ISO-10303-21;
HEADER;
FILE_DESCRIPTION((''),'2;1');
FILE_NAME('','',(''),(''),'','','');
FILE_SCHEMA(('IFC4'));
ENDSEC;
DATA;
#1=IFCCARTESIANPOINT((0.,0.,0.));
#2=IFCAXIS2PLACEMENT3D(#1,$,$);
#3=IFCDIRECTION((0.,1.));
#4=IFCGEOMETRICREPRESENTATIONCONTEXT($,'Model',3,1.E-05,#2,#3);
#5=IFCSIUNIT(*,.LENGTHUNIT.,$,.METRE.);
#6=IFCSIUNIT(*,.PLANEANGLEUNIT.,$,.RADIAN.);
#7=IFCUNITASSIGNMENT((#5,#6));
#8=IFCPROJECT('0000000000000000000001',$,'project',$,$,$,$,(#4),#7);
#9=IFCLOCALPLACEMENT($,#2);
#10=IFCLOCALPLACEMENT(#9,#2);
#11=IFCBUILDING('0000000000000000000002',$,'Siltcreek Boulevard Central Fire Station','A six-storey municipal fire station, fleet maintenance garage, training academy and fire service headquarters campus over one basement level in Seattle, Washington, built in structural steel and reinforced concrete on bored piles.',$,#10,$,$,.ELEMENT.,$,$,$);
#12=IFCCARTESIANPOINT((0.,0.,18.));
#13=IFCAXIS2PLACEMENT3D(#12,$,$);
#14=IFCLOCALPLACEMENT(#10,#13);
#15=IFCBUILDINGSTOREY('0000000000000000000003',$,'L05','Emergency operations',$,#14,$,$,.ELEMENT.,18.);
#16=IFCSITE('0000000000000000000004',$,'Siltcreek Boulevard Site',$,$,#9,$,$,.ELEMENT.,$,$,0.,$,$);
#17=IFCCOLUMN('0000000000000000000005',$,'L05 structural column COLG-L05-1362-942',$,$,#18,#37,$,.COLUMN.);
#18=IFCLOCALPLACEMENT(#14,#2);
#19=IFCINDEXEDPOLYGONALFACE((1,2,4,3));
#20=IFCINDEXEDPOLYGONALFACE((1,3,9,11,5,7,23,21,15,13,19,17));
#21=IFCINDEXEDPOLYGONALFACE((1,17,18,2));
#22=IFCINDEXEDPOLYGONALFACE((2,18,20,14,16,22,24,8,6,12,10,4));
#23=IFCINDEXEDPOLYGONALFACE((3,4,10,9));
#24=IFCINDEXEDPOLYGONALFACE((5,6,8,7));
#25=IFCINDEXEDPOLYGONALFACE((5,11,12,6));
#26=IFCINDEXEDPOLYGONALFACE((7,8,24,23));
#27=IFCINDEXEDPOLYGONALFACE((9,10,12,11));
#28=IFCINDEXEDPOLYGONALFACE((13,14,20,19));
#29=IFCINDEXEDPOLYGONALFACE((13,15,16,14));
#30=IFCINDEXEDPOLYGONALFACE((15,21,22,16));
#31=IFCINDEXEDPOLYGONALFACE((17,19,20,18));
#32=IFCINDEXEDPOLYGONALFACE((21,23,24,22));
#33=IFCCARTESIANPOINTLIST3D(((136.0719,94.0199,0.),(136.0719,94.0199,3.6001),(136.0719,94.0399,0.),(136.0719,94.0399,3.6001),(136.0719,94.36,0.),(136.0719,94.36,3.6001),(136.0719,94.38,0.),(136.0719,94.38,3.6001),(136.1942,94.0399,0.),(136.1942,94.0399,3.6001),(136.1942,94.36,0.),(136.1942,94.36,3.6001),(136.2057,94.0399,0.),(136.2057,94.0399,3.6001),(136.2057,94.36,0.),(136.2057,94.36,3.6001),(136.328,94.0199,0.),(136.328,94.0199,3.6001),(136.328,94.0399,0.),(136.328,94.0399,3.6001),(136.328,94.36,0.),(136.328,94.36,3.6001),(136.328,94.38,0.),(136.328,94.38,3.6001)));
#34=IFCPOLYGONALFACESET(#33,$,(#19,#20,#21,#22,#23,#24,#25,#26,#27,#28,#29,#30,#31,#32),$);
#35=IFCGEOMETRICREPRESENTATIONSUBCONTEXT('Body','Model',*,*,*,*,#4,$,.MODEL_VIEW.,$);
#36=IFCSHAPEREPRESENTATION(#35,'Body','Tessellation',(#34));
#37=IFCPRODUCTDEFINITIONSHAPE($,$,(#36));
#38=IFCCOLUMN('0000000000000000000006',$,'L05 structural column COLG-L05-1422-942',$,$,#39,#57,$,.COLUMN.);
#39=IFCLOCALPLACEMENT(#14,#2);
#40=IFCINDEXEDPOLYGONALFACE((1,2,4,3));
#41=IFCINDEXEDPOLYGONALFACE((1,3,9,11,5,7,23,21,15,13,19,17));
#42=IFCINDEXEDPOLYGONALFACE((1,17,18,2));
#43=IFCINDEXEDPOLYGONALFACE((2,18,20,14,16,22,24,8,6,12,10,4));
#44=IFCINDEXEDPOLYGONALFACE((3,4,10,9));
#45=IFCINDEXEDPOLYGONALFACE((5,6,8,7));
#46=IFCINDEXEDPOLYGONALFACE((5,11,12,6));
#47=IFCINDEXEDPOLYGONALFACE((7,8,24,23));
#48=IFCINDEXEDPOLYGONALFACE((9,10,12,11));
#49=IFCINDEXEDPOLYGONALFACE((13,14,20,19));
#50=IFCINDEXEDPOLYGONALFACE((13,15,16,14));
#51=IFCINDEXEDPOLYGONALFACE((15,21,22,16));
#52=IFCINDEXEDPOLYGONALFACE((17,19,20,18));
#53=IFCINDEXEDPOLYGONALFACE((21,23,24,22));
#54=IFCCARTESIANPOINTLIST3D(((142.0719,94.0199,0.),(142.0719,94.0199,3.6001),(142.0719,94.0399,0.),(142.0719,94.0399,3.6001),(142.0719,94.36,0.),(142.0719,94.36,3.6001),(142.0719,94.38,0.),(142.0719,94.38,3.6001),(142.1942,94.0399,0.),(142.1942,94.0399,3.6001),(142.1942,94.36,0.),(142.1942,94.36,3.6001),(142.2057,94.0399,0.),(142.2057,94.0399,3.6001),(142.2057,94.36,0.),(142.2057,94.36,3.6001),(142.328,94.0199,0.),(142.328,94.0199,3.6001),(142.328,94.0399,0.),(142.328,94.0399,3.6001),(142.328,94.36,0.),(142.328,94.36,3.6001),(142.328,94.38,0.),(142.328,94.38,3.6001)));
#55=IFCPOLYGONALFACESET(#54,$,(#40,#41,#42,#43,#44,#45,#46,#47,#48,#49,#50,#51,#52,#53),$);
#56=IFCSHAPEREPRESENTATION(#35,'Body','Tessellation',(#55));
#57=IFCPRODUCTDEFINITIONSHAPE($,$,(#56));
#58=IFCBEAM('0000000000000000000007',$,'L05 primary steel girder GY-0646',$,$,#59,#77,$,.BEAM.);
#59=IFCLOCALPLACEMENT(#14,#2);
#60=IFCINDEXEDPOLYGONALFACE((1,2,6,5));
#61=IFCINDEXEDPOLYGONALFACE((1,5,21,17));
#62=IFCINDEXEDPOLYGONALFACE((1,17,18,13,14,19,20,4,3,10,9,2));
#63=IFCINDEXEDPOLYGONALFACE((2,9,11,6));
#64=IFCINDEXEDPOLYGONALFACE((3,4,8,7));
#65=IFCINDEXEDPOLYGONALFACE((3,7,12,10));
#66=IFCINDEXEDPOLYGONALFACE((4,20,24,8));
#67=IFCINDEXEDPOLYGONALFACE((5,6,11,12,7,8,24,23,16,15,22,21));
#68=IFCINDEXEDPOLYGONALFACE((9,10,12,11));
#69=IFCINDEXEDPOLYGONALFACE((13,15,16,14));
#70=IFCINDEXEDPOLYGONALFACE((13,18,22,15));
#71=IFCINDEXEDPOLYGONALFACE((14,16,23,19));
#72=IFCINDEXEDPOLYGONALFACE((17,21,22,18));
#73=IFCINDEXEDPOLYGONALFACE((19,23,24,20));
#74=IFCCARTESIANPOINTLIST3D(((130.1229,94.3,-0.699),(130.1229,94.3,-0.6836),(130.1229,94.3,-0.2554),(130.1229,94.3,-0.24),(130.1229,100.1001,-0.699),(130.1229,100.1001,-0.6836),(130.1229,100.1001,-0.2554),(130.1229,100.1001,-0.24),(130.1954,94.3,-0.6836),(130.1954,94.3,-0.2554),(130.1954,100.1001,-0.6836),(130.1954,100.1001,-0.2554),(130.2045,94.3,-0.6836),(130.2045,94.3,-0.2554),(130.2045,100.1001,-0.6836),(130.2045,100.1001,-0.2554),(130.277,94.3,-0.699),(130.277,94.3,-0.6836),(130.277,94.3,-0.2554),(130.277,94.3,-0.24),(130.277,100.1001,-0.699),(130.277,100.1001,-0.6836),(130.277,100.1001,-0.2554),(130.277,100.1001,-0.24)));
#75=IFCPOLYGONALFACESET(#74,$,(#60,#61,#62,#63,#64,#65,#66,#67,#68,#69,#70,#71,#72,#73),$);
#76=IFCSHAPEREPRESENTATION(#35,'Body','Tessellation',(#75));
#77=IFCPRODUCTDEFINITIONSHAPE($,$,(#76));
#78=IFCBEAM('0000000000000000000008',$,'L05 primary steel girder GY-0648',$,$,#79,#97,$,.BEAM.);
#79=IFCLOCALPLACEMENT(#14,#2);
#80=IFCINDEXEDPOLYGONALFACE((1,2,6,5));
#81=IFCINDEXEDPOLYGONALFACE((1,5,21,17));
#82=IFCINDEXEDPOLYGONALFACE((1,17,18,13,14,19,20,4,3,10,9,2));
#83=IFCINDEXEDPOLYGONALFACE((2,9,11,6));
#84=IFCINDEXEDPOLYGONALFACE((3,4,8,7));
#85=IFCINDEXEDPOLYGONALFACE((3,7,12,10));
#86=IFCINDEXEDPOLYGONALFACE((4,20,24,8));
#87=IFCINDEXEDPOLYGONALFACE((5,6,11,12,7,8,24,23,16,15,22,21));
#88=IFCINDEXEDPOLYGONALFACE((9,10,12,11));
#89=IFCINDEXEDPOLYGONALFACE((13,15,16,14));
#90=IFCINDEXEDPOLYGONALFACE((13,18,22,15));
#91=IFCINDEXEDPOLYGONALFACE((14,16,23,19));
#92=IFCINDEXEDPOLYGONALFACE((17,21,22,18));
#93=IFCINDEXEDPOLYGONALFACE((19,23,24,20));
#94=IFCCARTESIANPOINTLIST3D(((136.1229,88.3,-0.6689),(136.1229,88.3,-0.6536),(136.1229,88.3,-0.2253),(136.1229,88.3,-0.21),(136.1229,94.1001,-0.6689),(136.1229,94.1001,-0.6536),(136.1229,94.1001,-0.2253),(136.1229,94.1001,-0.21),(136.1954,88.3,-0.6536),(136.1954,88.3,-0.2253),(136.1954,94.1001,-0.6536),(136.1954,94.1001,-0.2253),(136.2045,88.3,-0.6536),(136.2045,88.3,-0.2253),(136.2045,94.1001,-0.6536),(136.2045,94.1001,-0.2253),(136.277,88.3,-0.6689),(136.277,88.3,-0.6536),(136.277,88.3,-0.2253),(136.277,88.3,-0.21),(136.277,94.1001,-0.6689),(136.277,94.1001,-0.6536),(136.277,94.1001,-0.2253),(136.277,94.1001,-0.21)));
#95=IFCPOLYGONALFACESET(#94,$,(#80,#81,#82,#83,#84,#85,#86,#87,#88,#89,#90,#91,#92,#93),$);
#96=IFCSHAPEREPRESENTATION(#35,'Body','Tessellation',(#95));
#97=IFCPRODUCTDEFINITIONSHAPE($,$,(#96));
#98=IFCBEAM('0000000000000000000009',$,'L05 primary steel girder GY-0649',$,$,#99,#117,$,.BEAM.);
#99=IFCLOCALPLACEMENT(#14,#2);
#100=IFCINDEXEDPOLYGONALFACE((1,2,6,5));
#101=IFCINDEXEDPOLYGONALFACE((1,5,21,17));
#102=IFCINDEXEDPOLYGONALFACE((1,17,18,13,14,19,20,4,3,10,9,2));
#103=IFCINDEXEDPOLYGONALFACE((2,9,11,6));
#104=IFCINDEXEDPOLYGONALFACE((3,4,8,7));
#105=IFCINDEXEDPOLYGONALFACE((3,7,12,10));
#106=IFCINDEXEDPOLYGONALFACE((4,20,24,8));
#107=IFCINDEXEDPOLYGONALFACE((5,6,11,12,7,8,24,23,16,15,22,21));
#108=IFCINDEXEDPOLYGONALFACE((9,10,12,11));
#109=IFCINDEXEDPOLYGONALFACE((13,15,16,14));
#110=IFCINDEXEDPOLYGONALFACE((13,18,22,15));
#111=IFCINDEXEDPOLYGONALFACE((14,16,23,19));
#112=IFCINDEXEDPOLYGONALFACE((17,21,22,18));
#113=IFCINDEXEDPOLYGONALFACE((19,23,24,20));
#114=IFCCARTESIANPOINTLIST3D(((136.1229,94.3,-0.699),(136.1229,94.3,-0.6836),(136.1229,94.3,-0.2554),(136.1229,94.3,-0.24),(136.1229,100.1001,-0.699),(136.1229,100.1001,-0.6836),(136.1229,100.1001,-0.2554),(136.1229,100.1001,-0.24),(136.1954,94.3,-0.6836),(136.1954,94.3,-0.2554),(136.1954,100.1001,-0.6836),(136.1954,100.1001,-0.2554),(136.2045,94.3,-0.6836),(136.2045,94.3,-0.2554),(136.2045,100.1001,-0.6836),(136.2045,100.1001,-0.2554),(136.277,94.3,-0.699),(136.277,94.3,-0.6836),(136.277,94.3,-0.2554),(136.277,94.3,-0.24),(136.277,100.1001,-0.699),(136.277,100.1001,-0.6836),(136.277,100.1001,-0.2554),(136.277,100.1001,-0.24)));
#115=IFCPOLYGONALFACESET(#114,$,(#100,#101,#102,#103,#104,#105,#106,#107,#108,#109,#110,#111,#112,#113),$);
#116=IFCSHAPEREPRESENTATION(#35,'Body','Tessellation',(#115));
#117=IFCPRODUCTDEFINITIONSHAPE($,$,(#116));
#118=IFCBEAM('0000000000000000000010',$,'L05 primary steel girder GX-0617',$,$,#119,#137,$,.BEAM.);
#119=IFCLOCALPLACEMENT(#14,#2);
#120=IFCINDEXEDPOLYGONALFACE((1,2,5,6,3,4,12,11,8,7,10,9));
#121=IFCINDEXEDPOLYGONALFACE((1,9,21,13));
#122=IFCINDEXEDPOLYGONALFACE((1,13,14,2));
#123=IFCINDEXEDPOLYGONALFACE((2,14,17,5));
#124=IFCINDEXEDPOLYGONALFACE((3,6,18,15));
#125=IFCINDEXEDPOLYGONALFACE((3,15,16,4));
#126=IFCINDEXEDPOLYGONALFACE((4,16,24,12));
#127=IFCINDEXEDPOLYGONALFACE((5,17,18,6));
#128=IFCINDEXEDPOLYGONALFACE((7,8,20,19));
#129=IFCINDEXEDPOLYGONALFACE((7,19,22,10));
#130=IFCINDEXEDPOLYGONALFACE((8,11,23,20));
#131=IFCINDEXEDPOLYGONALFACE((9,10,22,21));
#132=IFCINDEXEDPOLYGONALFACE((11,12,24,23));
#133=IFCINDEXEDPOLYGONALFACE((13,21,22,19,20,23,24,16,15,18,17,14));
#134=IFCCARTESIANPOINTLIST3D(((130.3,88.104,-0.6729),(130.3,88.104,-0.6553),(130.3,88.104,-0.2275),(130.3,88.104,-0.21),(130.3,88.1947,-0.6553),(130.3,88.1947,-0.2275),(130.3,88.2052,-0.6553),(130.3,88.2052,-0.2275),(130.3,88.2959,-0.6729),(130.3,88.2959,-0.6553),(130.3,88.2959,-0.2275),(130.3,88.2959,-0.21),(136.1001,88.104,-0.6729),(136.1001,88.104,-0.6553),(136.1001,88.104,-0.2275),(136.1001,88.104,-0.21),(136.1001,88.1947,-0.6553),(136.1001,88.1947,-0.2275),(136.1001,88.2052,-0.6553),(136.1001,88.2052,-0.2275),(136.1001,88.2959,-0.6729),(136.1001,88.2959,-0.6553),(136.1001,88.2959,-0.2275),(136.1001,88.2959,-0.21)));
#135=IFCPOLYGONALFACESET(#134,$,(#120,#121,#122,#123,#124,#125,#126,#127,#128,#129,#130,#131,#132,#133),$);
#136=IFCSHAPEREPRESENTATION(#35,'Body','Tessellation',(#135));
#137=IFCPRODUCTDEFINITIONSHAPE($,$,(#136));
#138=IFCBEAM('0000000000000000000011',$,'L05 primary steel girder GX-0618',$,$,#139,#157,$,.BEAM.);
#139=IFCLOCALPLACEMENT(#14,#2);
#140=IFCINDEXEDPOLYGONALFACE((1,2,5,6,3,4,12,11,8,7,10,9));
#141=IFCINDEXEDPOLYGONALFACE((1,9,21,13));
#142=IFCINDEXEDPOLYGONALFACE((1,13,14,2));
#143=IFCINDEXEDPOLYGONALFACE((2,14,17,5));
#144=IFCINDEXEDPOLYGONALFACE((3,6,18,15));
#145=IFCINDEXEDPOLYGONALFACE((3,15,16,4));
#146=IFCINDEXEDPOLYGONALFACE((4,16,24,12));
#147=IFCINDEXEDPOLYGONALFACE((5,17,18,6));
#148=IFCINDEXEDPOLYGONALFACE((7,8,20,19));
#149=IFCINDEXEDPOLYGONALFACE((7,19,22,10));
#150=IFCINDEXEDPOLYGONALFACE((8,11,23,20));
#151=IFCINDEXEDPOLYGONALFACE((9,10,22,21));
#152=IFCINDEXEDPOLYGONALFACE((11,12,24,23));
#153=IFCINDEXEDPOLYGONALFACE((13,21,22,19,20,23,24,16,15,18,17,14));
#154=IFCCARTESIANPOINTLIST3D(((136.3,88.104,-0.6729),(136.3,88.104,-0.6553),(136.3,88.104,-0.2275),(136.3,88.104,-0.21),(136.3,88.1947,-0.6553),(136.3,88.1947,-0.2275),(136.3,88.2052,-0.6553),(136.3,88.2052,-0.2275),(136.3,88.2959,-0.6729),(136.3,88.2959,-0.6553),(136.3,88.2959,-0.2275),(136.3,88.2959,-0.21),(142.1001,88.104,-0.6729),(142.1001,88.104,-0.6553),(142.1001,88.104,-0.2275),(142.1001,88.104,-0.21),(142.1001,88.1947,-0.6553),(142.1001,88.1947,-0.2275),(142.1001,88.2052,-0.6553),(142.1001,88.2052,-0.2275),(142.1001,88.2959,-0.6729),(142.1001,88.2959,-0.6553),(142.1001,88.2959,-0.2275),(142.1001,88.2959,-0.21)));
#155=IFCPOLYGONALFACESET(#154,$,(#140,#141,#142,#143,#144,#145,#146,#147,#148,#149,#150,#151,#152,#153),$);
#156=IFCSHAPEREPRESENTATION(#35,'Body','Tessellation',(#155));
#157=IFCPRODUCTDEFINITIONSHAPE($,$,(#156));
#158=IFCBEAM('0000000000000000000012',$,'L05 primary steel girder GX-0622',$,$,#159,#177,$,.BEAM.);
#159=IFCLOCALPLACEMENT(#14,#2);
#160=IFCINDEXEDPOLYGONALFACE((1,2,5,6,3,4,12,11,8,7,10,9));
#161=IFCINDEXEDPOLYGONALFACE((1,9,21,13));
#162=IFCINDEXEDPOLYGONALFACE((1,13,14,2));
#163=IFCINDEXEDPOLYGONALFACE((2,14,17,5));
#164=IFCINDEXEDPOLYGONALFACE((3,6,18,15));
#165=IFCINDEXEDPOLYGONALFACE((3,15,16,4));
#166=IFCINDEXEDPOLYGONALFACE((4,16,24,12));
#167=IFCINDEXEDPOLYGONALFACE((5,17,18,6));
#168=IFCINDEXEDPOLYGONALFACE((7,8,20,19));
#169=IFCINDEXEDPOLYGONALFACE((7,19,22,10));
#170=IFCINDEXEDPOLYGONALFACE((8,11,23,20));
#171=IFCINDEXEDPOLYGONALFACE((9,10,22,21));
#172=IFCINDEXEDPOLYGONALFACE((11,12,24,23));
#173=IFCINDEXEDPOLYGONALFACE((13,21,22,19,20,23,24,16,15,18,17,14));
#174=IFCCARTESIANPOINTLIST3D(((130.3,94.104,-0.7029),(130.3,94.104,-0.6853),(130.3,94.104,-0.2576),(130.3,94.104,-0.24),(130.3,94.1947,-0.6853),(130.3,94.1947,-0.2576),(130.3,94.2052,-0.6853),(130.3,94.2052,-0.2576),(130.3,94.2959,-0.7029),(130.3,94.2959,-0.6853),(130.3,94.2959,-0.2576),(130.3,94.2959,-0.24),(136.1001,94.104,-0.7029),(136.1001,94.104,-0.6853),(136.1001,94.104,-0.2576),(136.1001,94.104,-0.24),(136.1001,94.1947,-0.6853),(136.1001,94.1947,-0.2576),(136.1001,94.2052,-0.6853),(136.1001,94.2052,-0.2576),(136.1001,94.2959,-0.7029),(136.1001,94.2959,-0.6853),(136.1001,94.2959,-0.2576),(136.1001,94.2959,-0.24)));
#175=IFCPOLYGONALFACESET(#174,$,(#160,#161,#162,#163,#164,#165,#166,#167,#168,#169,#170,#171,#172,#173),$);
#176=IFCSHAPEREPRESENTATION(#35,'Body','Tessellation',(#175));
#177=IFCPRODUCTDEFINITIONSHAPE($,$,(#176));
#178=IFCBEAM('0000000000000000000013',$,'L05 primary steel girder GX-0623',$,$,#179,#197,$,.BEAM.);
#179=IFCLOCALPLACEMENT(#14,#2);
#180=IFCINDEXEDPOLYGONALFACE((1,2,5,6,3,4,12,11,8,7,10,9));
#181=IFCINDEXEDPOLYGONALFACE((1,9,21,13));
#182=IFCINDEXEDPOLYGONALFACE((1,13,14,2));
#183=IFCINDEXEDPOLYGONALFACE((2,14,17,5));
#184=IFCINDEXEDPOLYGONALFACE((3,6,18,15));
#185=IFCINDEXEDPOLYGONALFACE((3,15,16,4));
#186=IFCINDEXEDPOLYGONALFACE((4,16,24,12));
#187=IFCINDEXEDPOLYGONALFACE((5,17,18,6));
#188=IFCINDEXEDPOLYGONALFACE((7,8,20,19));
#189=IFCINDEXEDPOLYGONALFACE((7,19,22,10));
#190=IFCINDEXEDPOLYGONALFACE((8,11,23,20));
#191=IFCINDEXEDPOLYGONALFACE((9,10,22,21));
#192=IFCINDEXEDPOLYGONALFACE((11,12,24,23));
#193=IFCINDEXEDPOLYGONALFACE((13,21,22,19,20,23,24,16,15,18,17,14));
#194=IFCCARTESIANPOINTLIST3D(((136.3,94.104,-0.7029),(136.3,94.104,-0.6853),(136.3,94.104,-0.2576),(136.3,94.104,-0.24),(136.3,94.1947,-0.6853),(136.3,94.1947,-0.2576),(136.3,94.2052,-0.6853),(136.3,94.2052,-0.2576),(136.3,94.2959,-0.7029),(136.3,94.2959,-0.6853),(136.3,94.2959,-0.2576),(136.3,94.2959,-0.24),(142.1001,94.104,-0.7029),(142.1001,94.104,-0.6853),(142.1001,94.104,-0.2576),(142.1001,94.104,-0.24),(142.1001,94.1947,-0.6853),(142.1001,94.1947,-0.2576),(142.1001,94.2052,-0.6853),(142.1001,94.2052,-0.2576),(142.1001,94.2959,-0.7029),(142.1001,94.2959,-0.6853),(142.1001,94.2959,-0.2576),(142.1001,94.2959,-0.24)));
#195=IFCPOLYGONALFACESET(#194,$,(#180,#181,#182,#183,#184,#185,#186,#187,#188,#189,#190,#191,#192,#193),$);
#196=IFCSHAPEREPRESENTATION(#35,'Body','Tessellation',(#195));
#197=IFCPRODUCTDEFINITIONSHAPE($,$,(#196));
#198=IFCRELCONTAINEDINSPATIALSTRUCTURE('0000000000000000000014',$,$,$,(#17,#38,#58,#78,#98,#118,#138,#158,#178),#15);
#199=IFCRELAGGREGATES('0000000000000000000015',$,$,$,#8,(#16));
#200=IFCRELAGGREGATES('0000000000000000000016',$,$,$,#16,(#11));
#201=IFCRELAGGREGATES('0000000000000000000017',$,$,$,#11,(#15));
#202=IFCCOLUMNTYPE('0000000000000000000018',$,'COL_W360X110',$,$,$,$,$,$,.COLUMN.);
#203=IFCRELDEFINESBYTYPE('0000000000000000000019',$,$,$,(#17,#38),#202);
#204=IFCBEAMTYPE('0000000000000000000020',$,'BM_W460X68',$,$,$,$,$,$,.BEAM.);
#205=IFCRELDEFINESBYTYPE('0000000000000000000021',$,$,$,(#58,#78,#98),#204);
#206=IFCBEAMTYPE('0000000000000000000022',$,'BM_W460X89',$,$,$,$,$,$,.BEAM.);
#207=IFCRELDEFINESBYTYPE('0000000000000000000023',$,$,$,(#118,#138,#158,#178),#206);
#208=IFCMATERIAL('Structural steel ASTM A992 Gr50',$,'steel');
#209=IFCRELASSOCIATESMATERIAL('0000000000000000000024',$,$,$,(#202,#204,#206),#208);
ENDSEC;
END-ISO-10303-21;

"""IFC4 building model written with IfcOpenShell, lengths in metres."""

from ifc_helpers import new_model, si_unit, direction, frame, origin, origin_2d, place, context, subcontext, project, spatial, i_section, extrude, material, material_profile, profile_set, type_object, element, save


model = new_model("IFC4")

# Units and contexts
model_context = context("Model", 3, precision=1e-05, world=origin(), true_north=direction((0.0, 1.0)))
body_context = subcontext(model_context, "Body", "Model", "MODEL_VIEW")
ifc_project = project(units=[si_unit("LENGTHUNIT", "METRE"), si_unit("PLANEANGLEUNIT", "RADIAN")], contexts=[model_context])

# Site, building, storey
site_placement = place(None, origin())
site = spatial("IfcSite", under=ifc_project, at=site_placement, Name="Siltcreek Boulevard Site", CompositionType="ELEMENT", RefElevation=0.0)
building_placement = place(site_placement, origin())
building = spatial("IfcBuilding", under=site, at=building_placement, Name="Siltcreek Boulevard Central Fire Station", Description="A six-storey municipal fire station, fleet maintenance garage, training academy and fire service headquarters campus over one basement level in Seattle, Washington, built in structural steel and reinforced concrete on bored piles.", CompositionType="ELEMENT")
storey_placement = place(building_placement, frame((0.0, 0.0, 18.0)))
storey = spatial("IfcBuildingStorey", under=building, at=storey_placement, Name="L05", Description="Emergency operations", CompositionType="ELEMENT", Elevation=18.0)

# Columns
ifc_material_1 = material(Name="Structural steel ASTM A992 Gr50", Category="steel")
ifc_material_profile_1 = material_profile(ifc_material_1, i_section(OverallWidth=0.2561, OverallDepth=0.3601, WebThickness=0.0115, FlangeThickness=0.02, at=origin_2d()), Name="W360X110")
ifc_profile_set_1 = profile_set([ifc_material_profile_1], Name="Structural steel ASTM A992 Gr50")
column_type = type_object("IfcColumnType", Name="COL_W360X110", PredefinedType="COLUMN", material=ifc_profile_set_1)
for number, where, z_axis, x_axis, name in (
    (1, (136.2, 94.2, 0.0), (0.0, 0.0, 1.0), (1.0, 0.0, 0.0), "L05 structural column COLG-L05-1362-942"),
    (2, (142.2, 94.2, 0.0), (0.0, 0.0, 1.0), (1.0, 0.0, 0.0), "L05 structural column COLG-L05-1422-942"),
):
    element("IfcColumn", number, at=place(storey_placement, frame(where, z_axis=z_axis, x_axis=x_axis)), inside=storey, type_object=column_type, Name=name, PredefinedType="COLUMN", context=body_context, shape_type="SweptSolid", body=[
        extrude(i_section(OverallWidth=0.2561, OverallDepth=0.3601, WebThickness=0.0115, FlangeThickness=0.02, at=origin_2d()), origin(), (0.0, 0.0, 1.0), 3.6001),
    ])

# Beams
ifc_material_profile_2 = material_profile(ifc_material_1, i_section(OverallWidth=0.1541, OverallDepth=0.459, WebThickness=0.009, FlangeThickness=0.0154, at=origin_2d()), Name="W460X68")
ifc_profile_set_2 = profile_set([ifc_material_profile_2], Name="Structural steel ASTM A992 Gr50")
beam_type_1 = type_object("IfcBeamType", Name="BM_W460X68", PredefinedType="BEAM", material=ifc_profile_set_2)
for number, where, z_axis, x_axis, name in (
    (3, (130.2, 94.3, -0.4695), (0.0, 1.0, 0.0), (-1.0, 0.0, 0.0), "L05 primary steel girder GY-0646"),
    (4, (136.2, 88.3, -0.4395), (0.0, 1.0, 0.0), (-1.0, 0.0, 0.0), "L05 primary steel girder GY-0648"),
    (5, (136.2, 94.3, -0.4695), (0.0, 1.0, 0.0), (-1.0, 0.0, 0.0), "L05 primary steel girder GY-0649"),
):
    element("IfcBeam", number, at=place(storey_placement, frame(where, z_axis=z_axis, x_axis=x_axis)), inside=storey, type_object=beam_type_1, Name=name, PredefinedType="BEAM", context=body_context, shape_type="SweptSolid", body=[
        extrude(i_section(OverallWidth=0.1541, OverallDepth=0.459, WebThickness=0.009, FlangeThickness=0.0154, at=origin_2d()), origin(), (0.0, 0.0, 1.0), 5.8),
    ])
ifc_material_profile_3 = material_profile(ifc_material_1, i_section(OverallWidth=0.1919, OverallDepth=0.4629, WebThickness=0.0105, FlangeThickness=0.0176, at=origin_2d()), Name="W460X89")
ifc_profile_set_3 = profile_set([ifc_material_profile_3], Name="Structural steel ASTM A992 Gr50")
beam_type_2 = type_object("IfcBeamType", Name="BM_W460X89", PredefinedType="BEAM", material=ifc_profile_set_3)
for number, where, z_axis, x_axis, name in (
    (6, (130.3, 88.2, -0.4414), (1.0, 0.0, 0.0), (0.0, 1.0, 0.0), "L05 primary steel girder GX-0617"),
    (7, (136.3, 88.2, -0.4414), (1.0, 0.0, 0.0), (0.0, 1.0, 0.0), "L05 primary steel girder GX-0618"),
    (8, (130.3, 94.2, -0.4714), (1.0, 0.0, 0.0), (0.0, 1.0, 0.0), "L05 primary steel girder GX-0622"),
    (9, (136.3, 94.2, -0.4714), (1.0, 0.0, 0.0), (0.0, 1.0, 0.0), "L05 primary steel girder GX-0623"),
):
    element("IfcBeam", number, at=place(storey_placement, frame(where, z_axis=z_axis, x_axis=x_axis)), inside=storey, type_object=beam_type_2, Name=name, PredefinedType="BEAM", context=body_context, shape_type="SweptSolid", body=[
        extrude(i_section(OverallWidth=0.1919, OverallDepth=0.4629, WebThickness=0.0105, FlangeThickness=0.0176, at=origin_2d()), origin(), (0.0, 0.0, 1.0), 5.8),
    ])

save(model, "model.ifc")
